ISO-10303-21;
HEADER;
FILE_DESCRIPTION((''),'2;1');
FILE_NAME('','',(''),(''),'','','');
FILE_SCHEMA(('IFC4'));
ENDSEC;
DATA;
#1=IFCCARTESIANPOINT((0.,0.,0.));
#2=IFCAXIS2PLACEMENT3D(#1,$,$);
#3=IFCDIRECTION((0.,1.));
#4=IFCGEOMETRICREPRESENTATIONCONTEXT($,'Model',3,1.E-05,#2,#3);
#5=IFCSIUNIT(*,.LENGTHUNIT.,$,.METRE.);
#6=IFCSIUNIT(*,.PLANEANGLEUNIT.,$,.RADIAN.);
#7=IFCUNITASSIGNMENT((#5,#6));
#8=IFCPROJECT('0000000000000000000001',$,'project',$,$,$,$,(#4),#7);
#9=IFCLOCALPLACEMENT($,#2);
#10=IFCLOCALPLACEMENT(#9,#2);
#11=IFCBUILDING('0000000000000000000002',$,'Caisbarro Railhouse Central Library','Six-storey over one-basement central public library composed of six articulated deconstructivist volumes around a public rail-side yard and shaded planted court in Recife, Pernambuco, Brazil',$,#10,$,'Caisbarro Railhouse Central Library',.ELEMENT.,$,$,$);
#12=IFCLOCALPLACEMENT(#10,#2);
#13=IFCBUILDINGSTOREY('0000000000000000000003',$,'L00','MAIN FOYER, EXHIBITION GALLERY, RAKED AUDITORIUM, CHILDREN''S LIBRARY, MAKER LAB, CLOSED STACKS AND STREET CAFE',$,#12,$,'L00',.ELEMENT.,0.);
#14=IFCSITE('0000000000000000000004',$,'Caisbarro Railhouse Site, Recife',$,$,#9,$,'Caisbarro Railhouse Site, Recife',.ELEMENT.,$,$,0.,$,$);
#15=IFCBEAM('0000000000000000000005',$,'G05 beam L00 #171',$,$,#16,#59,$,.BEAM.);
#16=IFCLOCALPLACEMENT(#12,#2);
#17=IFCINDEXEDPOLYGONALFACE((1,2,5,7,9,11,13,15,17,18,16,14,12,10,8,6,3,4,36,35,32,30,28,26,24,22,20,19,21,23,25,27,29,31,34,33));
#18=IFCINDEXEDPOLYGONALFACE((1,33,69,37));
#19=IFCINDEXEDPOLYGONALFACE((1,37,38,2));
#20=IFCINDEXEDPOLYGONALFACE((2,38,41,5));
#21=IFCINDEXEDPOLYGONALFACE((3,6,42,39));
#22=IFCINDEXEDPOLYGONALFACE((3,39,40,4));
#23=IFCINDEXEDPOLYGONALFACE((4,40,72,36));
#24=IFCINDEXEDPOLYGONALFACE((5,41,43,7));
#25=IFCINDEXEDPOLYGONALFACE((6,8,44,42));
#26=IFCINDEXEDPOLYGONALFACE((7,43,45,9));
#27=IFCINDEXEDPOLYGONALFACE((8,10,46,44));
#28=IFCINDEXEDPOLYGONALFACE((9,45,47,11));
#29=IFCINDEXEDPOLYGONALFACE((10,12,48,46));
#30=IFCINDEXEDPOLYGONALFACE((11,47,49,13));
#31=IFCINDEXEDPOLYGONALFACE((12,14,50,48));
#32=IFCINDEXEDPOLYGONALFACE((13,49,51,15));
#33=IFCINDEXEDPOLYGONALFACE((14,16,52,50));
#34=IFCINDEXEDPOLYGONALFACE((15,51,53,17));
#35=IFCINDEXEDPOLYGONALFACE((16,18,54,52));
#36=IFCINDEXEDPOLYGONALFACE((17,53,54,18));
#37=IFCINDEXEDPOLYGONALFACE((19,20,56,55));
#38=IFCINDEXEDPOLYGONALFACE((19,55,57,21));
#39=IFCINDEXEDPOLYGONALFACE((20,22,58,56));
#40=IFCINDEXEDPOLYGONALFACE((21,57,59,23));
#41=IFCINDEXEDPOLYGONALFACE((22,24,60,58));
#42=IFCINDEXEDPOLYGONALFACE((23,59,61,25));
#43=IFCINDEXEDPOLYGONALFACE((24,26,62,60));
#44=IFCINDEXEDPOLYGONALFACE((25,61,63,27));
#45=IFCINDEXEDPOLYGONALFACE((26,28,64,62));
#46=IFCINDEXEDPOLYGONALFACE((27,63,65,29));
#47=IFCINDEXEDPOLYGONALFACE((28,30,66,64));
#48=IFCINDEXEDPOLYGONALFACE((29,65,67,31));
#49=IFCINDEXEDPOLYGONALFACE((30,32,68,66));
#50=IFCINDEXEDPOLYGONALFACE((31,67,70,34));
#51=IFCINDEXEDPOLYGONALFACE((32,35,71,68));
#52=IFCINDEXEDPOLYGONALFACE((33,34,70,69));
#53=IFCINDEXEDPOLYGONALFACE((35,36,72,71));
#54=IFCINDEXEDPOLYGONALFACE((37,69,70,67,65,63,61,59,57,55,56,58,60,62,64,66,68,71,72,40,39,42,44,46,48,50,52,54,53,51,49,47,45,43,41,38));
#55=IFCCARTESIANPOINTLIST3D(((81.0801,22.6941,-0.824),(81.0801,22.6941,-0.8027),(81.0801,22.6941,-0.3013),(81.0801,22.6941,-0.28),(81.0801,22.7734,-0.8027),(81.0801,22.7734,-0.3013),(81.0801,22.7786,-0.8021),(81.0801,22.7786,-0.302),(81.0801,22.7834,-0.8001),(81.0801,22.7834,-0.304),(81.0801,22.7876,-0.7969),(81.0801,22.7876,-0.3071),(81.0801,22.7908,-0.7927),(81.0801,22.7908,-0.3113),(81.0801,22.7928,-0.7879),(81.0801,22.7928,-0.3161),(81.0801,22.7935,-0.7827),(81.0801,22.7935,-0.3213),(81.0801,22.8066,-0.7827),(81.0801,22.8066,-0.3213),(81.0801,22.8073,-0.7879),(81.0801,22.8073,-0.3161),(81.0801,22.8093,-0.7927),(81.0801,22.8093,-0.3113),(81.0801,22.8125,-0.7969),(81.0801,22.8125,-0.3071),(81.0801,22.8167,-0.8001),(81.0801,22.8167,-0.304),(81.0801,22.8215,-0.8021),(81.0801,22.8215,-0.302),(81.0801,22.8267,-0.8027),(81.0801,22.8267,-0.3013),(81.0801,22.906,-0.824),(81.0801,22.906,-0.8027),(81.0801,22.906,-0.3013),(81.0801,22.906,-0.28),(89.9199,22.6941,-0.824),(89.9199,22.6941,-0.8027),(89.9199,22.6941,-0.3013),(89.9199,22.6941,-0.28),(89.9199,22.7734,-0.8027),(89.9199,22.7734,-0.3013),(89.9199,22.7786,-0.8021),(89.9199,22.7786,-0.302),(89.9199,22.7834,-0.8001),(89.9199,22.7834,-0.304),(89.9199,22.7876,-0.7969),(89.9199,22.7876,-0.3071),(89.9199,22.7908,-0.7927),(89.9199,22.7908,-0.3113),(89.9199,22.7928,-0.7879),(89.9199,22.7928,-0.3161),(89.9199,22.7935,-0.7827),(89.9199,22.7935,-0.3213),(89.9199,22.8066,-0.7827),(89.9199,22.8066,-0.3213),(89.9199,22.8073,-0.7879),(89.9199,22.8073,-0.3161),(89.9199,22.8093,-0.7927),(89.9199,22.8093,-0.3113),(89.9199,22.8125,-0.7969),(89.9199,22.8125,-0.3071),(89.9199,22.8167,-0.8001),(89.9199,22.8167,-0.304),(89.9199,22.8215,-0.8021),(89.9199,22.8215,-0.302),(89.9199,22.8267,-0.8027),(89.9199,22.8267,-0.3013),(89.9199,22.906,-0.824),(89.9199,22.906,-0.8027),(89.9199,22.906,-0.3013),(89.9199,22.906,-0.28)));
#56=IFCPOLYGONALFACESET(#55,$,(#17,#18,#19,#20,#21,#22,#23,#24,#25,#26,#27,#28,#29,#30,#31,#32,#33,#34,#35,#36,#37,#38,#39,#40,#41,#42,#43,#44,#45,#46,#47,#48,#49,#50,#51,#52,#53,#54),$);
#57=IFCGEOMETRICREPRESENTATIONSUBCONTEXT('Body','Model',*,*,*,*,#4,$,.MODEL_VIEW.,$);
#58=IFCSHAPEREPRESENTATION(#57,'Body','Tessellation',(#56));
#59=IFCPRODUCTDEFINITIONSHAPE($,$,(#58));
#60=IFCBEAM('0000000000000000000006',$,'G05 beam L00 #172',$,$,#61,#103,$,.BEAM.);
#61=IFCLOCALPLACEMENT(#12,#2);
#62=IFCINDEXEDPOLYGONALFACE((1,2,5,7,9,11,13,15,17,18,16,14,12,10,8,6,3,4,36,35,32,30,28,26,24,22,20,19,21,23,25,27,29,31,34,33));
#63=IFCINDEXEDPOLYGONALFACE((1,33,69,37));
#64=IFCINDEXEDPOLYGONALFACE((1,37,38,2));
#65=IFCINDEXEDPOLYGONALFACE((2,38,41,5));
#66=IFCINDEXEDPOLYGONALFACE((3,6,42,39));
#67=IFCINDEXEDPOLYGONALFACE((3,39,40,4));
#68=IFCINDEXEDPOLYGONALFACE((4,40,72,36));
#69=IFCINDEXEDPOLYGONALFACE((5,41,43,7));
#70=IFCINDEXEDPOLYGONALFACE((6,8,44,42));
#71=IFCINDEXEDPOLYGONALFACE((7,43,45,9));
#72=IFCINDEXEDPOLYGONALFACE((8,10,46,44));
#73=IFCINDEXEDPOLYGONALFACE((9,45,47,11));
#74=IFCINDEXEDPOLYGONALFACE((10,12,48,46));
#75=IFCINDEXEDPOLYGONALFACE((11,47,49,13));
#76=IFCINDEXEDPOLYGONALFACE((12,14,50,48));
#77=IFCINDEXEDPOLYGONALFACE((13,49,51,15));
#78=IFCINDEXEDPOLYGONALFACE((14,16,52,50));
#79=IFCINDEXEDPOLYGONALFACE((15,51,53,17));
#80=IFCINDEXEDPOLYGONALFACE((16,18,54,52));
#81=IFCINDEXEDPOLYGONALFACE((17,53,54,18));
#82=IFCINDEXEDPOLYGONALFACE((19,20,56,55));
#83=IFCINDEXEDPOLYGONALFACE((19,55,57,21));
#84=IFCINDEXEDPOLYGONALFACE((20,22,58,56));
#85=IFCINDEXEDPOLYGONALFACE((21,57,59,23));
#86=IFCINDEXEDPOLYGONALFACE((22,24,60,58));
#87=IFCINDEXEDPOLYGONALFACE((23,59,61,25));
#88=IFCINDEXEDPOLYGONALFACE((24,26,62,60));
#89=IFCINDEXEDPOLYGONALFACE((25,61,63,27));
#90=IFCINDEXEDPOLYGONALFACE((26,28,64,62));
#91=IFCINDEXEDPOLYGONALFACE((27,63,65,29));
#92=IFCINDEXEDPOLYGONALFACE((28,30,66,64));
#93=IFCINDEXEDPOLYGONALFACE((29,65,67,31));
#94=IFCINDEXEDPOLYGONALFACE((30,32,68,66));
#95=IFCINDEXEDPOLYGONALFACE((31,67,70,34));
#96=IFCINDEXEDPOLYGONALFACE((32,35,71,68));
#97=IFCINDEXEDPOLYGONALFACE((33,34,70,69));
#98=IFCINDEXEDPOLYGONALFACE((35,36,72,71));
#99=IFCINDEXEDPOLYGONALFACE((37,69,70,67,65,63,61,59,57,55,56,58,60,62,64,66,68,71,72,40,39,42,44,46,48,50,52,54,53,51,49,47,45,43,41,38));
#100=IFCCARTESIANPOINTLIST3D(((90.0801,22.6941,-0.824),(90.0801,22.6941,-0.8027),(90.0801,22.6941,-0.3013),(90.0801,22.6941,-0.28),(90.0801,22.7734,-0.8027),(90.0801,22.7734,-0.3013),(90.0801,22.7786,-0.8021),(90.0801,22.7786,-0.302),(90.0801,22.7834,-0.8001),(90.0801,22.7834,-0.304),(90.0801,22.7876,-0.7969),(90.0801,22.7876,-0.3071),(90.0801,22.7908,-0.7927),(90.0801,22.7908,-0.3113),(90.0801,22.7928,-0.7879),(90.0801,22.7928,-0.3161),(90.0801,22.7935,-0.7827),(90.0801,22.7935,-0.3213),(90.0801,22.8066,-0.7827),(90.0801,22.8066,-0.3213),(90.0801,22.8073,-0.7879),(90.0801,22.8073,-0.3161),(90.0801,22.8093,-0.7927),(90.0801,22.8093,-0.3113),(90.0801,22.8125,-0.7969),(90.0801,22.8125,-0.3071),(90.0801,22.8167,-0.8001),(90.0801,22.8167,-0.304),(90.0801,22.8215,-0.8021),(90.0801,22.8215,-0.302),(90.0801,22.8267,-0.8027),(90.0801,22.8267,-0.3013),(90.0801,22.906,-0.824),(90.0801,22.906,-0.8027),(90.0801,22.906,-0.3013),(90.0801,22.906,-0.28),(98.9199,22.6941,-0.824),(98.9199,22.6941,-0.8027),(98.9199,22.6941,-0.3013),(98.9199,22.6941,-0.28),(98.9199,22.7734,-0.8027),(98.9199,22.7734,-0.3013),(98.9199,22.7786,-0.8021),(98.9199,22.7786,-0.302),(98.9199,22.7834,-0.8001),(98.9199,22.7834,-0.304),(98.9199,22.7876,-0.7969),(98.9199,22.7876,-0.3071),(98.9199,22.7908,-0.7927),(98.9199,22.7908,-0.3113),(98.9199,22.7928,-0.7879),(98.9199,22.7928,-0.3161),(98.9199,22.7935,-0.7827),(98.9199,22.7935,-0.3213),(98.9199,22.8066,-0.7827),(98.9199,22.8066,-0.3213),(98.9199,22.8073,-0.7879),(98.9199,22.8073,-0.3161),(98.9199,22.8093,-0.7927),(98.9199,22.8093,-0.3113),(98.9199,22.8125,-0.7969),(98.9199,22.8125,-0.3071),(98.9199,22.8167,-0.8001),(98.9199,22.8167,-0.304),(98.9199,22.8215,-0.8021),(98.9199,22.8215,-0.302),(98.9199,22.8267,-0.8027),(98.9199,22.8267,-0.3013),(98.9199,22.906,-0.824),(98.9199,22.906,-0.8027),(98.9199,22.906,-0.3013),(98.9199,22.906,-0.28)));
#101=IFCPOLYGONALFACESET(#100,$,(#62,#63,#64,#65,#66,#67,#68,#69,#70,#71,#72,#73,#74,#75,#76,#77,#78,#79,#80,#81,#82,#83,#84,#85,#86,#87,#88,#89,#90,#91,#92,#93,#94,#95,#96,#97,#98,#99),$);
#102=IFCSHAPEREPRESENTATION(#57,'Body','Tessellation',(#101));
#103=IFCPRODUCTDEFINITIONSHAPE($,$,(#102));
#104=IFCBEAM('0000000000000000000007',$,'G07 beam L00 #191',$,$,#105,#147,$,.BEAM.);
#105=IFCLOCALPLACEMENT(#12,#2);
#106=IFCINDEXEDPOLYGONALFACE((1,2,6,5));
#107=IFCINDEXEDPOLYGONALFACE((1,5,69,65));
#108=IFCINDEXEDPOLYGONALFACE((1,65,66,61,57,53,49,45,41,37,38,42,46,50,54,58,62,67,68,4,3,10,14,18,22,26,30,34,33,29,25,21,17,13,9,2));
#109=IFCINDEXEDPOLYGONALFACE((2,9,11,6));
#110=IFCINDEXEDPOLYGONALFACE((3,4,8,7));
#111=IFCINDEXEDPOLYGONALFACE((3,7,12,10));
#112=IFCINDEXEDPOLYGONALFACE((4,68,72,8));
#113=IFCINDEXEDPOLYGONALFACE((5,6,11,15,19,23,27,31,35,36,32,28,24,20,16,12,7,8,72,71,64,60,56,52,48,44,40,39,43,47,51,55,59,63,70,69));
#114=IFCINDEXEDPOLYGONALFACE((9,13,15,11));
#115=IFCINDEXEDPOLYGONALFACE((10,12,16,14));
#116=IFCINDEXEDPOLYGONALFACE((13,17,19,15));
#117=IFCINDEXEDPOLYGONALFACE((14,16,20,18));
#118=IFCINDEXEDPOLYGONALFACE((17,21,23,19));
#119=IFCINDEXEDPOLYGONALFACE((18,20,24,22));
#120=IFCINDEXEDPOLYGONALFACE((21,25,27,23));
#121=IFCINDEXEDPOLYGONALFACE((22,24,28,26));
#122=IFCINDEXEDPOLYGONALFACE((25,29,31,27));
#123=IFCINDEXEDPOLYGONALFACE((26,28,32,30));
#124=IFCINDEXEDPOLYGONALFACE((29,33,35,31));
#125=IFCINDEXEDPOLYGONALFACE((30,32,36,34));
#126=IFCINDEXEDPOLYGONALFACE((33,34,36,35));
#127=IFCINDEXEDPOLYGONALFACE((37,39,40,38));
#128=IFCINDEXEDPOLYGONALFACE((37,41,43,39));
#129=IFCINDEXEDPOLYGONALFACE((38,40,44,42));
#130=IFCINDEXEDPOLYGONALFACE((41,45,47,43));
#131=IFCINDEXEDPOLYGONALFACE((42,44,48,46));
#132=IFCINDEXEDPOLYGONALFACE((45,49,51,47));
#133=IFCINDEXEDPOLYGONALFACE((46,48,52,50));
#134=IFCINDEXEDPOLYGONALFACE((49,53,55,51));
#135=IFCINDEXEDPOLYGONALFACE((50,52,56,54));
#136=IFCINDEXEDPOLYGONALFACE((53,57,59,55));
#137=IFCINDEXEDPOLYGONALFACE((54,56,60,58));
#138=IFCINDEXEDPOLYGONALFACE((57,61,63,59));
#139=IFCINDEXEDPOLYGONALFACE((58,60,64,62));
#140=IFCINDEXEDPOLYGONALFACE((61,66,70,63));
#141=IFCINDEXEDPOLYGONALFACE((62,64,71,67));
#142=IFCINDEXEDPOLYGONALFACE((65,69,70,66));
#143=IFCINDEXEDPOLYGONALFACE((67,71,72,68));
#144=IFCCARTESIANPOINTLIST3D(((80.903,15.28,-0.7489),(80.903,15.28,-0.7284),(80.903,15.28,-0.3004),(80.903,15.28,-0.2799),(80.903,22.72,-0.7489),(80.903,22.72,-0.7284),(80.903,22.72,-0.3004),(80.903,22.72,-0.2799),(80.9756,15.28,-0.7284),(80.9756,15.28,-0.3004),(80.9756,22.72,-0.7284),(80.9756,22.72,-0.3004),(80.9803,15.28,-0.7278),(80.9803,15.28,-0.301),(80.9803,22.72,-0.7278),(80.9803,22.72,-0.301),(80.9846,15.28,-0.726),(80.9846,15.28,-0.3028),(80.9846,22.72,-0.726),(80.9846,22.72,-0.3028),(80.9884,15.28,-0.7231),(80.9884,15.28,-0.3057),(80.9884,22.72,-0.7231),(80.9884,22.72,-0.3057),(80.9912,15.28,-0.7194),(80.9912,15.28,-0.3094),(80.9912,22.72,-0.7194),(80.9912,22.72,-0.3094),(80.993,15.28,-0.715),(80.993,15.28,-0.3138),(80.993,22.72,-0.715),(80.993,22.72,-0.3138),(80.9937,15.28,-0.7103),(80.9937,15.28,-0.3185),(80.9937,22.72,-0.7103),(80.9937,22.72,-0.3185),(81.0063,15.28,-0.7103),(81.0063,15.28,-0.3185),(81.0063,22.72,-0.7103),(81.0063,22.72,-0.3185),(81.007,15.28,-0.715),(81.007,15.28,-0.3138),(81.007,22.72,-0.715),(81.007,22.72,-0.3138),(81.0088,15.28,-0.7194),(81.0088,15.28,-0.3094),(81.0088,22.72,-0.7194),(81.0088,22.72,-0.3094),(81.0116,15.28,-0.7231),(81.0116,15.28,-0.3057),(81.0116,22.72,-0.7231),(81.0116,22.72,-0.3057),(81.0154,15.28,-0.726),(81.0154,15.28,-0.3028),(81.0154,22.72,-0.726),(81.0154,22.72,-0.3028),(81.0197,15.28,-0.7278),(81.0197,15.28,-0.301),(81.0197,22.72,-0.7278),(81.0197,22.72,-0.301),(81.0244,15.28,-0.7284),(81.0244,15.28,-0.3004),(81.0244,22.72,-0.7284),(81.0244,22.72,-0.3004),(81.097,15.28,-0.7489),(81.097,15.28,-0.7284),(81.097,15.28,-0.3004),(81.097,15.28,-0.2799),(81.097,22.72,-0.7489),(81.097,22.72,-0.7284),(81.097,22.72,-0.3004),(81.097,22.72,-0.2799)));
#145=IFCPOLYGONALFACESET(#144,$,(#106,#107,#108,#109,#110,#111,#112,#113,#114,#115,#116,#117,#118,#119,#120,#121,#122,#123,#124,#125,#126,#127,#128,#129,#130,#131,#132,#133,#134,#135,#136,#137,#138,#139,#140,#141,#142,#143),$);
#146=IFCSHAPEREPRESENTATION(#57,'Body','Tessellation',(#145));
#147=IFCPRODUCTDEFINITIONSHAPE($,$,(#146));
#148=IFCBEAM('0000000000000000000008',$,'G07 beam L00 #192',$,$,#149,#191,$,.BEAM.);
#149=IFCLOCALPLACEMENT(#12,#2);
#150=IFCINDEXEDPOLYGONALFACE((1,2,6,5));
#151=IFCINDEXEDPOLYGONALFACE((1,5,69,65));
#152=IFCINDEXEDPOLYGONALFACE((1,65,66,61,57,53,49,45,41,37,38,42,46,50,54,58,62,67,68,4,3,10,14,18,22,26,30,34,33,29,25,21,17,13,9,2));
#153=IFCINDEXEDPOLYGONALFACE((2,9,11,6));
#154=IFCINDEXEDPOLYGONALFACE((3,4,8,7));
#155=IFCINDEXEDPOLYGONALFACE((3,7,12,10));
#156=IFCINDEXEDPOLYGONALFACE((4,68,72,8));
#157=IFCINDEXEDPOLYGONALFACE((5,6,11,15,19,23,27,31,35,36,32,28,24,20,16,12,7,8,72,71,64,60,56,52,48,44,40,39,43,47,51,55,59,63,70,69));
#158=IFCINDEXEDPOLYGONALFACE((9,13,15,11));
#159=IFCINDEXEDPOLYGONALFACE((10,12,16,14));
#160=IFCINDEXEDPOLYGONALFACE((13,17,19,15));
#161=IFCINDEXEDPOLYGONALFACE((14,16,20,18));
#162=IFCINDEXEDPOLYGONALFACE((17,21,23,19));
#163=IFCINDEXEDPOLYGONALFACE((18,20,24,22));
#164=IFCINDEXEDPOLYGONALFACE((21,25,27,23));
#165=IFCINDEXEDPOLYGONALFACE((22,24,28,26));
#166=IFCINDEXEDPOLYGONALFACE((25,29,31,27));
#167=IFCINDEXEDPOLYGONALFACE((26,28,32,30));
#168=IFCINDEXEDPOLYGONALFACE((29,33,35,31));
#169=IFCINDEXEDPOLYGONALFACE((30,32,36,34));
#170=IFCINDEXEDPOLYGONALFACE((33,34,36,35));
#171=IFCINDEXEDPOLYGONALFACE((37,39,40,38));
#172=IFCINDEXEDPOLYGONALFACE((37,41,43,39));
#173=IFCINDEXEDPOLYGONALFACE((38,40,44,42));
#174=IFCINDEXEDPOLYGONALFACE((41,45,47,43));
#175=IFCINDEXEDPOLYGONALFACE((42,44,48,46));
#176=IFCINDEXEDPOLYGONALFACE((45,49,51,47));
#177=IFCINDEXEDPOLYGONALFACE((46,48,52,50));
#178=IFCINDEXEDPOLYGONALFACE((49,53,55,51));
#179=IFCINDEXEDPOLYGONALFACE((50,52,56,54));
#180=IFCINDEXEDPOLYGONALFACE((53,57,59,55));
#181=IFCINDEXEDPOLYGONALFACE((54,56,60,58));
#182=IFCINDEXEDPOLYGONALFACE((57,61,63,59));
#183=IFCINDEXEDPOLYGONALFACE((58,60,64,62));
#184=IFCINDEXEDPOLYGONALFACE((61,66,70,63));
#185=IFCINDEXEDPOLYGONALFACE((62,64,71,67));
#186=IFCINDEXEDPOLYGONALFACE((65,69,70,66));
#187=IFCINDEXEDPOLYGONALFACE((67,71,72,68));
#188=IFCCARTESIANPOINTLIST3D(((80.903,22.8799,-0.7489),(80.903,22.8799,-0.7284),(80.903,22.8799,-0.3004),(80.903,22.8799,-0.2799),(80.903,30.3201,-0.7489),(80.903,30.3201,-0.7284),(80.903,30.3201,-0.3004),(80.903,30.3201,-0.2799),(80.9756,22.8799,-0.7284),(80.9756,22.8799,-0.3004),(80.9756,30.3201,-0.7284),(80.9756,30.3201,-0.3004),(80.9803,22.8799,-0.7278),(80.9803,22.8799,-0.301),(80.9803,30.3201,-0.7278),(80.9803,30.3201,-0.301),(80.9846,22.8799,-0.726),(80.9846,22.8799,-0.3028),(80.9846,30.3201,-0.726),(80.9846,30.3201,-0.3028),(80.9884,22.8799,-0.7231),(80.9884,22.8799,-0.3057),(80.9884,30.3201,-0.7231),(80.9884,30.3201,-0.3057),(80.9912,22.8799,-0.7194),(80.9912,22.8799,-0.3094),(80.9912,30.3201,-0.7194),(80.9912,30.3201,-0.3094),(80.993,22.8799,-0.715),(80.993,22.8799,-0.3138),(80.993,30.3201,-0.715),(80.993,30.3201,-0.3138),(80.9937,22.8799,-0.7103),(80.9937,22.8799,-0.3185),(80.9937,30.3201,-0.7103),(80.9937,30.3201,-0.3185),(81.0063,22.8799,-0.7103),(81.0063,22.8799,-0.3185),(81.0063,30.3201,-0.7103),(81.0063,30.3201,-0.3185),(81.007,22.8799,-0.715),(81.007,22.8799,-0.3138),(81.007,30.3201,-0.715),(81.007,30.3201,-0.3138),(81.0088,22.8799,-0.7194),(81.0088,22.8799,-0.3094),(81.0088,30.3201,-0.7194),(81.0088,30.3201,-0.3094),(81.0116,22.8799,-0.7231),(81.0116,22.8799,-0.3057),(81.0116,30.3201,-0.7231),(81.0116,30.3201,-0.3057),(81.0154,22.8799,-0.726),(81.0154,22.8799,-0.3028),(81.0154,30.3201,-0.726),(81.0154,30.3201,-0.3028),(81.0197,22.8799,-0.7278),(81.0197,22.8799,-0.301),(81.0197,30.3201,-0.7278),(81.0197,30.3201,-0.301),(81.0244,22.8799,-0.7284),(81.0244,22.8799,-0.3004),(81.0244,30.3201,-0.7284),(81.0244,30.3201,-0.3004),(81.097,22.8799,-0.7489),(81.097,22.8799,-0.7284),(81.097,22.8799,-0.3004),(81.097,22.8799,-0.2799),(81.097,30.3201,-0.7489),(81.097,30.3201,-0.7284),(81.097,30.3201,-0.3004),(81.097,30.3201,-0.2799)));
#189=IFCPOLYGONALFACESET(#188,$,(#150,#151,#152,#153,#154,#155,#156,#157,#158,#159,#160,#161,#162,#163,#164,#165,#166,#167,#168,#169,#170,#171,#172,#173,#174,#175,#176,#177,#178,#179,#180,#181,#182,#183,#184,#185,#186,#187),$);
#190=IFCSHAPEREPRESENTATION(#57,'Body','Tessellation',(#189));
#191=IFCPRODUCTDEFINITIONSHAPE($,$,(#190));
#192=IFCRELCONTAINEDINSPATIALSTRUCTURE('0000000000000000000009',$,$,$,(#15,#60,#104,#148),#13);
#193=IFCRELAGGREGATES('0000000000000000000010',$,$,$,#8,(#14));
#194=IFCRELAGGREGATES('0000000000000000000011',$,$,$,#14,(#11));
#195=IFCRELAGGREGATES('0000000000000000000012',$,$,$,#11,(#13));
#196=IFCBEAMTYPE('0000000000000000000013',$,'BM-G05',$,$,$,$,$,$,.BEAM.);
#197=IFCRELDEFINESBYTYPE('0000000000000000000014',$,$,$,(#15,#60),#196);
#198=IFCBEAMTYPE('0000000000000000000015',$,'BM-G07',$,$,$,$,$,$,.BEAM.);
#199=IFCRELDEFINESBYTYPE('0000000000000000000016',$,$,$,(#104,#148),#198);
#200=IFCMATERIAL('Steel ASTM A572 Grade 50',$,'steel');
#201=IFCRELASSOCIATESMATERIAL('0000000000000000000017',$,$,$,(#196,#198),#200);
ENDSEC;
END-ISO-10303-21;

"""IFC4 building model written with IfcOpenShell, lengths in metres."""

from ifc_helpers import new_model, si_unit, direction, frame, origin, origin_2d, place, context, subcontext, project, spatial, i_section, extrude, material, material_profile, profile_set, type_object, element, save


model = new_model("IFC4")

# Units and contexts
model_context = context("Model", 3, precision=1e-05, world=origin(), true_north=direction((0.0, 1.0)))
body_context = subcontext(model_context, "Body", "Model", "MODEL_VIEW")
ifc_project = project(units=[si_unit("LENGTHUNIT", "METRE"), si_unit("PLANEANGLEUNIT", "RADIAN")], contexts=[model_context])

# Site, building, storey
site_placement = place(None, origin())
site = spatial("IfcSite", under=ifc_project, at=site_placement, Name="Caisbarro Railhouse Site, Recife", LongName="Caisbarro Railhouse Site, Recife", CompositionType="ELEMENT", RefElevation=0.0)
building_placement = place(site_placement, origin())
building = spatial("IfcBuilding", under=site, at=building_placement, Name="Caisbarro Railhouse Central Library", Description="Six-storey over one-basement central public library composed of six articulated deconstructivist volumes around a public rail-side yard and shaded planted court in Recife, Pernambuco, Brazil", LongName="Caisbarro Railhouse Central Library", CompositionType="ELEMENT")
storey_placement = place(building_placement, origin())
storey = spatial("IfcBuildingStorey", under=building, at=storey_placement, Name="L00", Description="MAIN FOYER, EXHIBITION GALLERY, RAKED AUDITORIUM, CHILDREN'S LIBRARY, MAKER LAB, CLOSED STACKS AND STREET CAFE", LongName="L00", CompositionType="ELEMENT", Elevation=0.0)

# Shared definitions
ifc_material_1 = material(Name="Steel ASTM A572 Grade 50", Category="steel")

# Beams
ifc_material_profile_1 = material_profile(ifc_material_1, i_section(OverallWidth=0.2119, OverallDepth=0.5439, WebThickness=0.0132, FlangeThickness=0.0212, FilletRadius=0.02, at=origin_2d()), Name="W530X123.0")
ifc_profile_set_1 = profile_set([ifc_material_profile_1], Name="Steel ASTM A572 Grade 50")
beam_type_1 = type_object("IfcBeamType", Name="BM-G05", PredefinedType="BEAM", material=ifc_profile_set_1)
for number, where, z_axis, x_axis, name in (
    (1, (81.0801, 22.8, -0.552), (1.0, 0.0, 0.0), (0.0, 1.0, 0.0), "G05 beam L00 #171"),
    (2, (90.0801, 22.8, -0.552), (1.0, 0.0, 0.0), (0.0, 1.0, 0.0), "G05 beam L00 #172"),
):
    element("IfcBeam", number, at=place(storey_placement, frame(where, z_axis=z_axis, x_axis=x_axis)), inside=storey, type_object=beam_type_1, Name=name, PredefinedType="BEAM", context=body_context, shape_type="SweptSolid", body=[
        extrude(i_section(OverallWidth=0.2119, OverallDepth=0.5439, WebThickness=0.0132, FlangeThickness=0.0212, FilletRadius=0.02, at=origin_2d()), origin(), (0.0, 0.0, 1.0), 8.8398),
    ])
ifc_material_profile_2 = material_profile(ifc_material_1, i_section(OverallWidth=0.1941, OverallDepth=0.469, WebThickness=0.0127, FlangeThickness=0.0205, FilletRadius=0.0181, at=origin_2d()), Name="W460X106.0")
ifc_profile_set_2 = profile_set([ifc_material_profile_2], Name="Steel ASTM A572 Grade 50")
beam_type_2 = type_object("IfcBeamType", Name="BM-G07", PredefinedType="BEAM", material=ifc_profile_set_2)
beam_1_placement = place(storey_placement, frame((81.0, 15.28, -0.5144), z_axis=(0.0, 1.0, 0.0), x_axis=(-1.0, 0.0, 0.0)))
element("IfcBeam", 3, at=beam_1_placement, inside=storey, type_object=beam_type_2, Name="G07 beam L00 #191", PredefinedType="BEAM", context=body_context, shape_type="SweptSolid", body=[
    extrude(i_section(OverallWidth=0.1941, OverallDepth=0.469, WebThickness=0.0127, FlangeThickness=0.0205, FilletRadius=0.0181, at=origin_2d()), origin(), (0.0, 0.0, 1.0), 7.4399),
])
beam_2_placement = place(storey_placement, frame((81.0, 22.8799, -0.5144), z_axis=(0.0, 1.0, 0.0), x_axis=(-1.0, 0.0, 0.0)))
element("IfcBeam", 4, at=beam_2_placement, inside=storey, type_object=beam_type_2, Name="G07 beam L00 #192", PredefinedType="BEAM", context=body_context, shape_type="SweptSolid", body=[
    extrude(i_section(OverallWidth=0.1941, OverallDepth=0.469, WebThickness=0.0127, FlangeThickness=0.0205, FilletRadius=0.0181, at=origin_2d()), origin(), (0.0, 0.0, 1.0), 7.4402),
])

save(model, "model.ifc")
